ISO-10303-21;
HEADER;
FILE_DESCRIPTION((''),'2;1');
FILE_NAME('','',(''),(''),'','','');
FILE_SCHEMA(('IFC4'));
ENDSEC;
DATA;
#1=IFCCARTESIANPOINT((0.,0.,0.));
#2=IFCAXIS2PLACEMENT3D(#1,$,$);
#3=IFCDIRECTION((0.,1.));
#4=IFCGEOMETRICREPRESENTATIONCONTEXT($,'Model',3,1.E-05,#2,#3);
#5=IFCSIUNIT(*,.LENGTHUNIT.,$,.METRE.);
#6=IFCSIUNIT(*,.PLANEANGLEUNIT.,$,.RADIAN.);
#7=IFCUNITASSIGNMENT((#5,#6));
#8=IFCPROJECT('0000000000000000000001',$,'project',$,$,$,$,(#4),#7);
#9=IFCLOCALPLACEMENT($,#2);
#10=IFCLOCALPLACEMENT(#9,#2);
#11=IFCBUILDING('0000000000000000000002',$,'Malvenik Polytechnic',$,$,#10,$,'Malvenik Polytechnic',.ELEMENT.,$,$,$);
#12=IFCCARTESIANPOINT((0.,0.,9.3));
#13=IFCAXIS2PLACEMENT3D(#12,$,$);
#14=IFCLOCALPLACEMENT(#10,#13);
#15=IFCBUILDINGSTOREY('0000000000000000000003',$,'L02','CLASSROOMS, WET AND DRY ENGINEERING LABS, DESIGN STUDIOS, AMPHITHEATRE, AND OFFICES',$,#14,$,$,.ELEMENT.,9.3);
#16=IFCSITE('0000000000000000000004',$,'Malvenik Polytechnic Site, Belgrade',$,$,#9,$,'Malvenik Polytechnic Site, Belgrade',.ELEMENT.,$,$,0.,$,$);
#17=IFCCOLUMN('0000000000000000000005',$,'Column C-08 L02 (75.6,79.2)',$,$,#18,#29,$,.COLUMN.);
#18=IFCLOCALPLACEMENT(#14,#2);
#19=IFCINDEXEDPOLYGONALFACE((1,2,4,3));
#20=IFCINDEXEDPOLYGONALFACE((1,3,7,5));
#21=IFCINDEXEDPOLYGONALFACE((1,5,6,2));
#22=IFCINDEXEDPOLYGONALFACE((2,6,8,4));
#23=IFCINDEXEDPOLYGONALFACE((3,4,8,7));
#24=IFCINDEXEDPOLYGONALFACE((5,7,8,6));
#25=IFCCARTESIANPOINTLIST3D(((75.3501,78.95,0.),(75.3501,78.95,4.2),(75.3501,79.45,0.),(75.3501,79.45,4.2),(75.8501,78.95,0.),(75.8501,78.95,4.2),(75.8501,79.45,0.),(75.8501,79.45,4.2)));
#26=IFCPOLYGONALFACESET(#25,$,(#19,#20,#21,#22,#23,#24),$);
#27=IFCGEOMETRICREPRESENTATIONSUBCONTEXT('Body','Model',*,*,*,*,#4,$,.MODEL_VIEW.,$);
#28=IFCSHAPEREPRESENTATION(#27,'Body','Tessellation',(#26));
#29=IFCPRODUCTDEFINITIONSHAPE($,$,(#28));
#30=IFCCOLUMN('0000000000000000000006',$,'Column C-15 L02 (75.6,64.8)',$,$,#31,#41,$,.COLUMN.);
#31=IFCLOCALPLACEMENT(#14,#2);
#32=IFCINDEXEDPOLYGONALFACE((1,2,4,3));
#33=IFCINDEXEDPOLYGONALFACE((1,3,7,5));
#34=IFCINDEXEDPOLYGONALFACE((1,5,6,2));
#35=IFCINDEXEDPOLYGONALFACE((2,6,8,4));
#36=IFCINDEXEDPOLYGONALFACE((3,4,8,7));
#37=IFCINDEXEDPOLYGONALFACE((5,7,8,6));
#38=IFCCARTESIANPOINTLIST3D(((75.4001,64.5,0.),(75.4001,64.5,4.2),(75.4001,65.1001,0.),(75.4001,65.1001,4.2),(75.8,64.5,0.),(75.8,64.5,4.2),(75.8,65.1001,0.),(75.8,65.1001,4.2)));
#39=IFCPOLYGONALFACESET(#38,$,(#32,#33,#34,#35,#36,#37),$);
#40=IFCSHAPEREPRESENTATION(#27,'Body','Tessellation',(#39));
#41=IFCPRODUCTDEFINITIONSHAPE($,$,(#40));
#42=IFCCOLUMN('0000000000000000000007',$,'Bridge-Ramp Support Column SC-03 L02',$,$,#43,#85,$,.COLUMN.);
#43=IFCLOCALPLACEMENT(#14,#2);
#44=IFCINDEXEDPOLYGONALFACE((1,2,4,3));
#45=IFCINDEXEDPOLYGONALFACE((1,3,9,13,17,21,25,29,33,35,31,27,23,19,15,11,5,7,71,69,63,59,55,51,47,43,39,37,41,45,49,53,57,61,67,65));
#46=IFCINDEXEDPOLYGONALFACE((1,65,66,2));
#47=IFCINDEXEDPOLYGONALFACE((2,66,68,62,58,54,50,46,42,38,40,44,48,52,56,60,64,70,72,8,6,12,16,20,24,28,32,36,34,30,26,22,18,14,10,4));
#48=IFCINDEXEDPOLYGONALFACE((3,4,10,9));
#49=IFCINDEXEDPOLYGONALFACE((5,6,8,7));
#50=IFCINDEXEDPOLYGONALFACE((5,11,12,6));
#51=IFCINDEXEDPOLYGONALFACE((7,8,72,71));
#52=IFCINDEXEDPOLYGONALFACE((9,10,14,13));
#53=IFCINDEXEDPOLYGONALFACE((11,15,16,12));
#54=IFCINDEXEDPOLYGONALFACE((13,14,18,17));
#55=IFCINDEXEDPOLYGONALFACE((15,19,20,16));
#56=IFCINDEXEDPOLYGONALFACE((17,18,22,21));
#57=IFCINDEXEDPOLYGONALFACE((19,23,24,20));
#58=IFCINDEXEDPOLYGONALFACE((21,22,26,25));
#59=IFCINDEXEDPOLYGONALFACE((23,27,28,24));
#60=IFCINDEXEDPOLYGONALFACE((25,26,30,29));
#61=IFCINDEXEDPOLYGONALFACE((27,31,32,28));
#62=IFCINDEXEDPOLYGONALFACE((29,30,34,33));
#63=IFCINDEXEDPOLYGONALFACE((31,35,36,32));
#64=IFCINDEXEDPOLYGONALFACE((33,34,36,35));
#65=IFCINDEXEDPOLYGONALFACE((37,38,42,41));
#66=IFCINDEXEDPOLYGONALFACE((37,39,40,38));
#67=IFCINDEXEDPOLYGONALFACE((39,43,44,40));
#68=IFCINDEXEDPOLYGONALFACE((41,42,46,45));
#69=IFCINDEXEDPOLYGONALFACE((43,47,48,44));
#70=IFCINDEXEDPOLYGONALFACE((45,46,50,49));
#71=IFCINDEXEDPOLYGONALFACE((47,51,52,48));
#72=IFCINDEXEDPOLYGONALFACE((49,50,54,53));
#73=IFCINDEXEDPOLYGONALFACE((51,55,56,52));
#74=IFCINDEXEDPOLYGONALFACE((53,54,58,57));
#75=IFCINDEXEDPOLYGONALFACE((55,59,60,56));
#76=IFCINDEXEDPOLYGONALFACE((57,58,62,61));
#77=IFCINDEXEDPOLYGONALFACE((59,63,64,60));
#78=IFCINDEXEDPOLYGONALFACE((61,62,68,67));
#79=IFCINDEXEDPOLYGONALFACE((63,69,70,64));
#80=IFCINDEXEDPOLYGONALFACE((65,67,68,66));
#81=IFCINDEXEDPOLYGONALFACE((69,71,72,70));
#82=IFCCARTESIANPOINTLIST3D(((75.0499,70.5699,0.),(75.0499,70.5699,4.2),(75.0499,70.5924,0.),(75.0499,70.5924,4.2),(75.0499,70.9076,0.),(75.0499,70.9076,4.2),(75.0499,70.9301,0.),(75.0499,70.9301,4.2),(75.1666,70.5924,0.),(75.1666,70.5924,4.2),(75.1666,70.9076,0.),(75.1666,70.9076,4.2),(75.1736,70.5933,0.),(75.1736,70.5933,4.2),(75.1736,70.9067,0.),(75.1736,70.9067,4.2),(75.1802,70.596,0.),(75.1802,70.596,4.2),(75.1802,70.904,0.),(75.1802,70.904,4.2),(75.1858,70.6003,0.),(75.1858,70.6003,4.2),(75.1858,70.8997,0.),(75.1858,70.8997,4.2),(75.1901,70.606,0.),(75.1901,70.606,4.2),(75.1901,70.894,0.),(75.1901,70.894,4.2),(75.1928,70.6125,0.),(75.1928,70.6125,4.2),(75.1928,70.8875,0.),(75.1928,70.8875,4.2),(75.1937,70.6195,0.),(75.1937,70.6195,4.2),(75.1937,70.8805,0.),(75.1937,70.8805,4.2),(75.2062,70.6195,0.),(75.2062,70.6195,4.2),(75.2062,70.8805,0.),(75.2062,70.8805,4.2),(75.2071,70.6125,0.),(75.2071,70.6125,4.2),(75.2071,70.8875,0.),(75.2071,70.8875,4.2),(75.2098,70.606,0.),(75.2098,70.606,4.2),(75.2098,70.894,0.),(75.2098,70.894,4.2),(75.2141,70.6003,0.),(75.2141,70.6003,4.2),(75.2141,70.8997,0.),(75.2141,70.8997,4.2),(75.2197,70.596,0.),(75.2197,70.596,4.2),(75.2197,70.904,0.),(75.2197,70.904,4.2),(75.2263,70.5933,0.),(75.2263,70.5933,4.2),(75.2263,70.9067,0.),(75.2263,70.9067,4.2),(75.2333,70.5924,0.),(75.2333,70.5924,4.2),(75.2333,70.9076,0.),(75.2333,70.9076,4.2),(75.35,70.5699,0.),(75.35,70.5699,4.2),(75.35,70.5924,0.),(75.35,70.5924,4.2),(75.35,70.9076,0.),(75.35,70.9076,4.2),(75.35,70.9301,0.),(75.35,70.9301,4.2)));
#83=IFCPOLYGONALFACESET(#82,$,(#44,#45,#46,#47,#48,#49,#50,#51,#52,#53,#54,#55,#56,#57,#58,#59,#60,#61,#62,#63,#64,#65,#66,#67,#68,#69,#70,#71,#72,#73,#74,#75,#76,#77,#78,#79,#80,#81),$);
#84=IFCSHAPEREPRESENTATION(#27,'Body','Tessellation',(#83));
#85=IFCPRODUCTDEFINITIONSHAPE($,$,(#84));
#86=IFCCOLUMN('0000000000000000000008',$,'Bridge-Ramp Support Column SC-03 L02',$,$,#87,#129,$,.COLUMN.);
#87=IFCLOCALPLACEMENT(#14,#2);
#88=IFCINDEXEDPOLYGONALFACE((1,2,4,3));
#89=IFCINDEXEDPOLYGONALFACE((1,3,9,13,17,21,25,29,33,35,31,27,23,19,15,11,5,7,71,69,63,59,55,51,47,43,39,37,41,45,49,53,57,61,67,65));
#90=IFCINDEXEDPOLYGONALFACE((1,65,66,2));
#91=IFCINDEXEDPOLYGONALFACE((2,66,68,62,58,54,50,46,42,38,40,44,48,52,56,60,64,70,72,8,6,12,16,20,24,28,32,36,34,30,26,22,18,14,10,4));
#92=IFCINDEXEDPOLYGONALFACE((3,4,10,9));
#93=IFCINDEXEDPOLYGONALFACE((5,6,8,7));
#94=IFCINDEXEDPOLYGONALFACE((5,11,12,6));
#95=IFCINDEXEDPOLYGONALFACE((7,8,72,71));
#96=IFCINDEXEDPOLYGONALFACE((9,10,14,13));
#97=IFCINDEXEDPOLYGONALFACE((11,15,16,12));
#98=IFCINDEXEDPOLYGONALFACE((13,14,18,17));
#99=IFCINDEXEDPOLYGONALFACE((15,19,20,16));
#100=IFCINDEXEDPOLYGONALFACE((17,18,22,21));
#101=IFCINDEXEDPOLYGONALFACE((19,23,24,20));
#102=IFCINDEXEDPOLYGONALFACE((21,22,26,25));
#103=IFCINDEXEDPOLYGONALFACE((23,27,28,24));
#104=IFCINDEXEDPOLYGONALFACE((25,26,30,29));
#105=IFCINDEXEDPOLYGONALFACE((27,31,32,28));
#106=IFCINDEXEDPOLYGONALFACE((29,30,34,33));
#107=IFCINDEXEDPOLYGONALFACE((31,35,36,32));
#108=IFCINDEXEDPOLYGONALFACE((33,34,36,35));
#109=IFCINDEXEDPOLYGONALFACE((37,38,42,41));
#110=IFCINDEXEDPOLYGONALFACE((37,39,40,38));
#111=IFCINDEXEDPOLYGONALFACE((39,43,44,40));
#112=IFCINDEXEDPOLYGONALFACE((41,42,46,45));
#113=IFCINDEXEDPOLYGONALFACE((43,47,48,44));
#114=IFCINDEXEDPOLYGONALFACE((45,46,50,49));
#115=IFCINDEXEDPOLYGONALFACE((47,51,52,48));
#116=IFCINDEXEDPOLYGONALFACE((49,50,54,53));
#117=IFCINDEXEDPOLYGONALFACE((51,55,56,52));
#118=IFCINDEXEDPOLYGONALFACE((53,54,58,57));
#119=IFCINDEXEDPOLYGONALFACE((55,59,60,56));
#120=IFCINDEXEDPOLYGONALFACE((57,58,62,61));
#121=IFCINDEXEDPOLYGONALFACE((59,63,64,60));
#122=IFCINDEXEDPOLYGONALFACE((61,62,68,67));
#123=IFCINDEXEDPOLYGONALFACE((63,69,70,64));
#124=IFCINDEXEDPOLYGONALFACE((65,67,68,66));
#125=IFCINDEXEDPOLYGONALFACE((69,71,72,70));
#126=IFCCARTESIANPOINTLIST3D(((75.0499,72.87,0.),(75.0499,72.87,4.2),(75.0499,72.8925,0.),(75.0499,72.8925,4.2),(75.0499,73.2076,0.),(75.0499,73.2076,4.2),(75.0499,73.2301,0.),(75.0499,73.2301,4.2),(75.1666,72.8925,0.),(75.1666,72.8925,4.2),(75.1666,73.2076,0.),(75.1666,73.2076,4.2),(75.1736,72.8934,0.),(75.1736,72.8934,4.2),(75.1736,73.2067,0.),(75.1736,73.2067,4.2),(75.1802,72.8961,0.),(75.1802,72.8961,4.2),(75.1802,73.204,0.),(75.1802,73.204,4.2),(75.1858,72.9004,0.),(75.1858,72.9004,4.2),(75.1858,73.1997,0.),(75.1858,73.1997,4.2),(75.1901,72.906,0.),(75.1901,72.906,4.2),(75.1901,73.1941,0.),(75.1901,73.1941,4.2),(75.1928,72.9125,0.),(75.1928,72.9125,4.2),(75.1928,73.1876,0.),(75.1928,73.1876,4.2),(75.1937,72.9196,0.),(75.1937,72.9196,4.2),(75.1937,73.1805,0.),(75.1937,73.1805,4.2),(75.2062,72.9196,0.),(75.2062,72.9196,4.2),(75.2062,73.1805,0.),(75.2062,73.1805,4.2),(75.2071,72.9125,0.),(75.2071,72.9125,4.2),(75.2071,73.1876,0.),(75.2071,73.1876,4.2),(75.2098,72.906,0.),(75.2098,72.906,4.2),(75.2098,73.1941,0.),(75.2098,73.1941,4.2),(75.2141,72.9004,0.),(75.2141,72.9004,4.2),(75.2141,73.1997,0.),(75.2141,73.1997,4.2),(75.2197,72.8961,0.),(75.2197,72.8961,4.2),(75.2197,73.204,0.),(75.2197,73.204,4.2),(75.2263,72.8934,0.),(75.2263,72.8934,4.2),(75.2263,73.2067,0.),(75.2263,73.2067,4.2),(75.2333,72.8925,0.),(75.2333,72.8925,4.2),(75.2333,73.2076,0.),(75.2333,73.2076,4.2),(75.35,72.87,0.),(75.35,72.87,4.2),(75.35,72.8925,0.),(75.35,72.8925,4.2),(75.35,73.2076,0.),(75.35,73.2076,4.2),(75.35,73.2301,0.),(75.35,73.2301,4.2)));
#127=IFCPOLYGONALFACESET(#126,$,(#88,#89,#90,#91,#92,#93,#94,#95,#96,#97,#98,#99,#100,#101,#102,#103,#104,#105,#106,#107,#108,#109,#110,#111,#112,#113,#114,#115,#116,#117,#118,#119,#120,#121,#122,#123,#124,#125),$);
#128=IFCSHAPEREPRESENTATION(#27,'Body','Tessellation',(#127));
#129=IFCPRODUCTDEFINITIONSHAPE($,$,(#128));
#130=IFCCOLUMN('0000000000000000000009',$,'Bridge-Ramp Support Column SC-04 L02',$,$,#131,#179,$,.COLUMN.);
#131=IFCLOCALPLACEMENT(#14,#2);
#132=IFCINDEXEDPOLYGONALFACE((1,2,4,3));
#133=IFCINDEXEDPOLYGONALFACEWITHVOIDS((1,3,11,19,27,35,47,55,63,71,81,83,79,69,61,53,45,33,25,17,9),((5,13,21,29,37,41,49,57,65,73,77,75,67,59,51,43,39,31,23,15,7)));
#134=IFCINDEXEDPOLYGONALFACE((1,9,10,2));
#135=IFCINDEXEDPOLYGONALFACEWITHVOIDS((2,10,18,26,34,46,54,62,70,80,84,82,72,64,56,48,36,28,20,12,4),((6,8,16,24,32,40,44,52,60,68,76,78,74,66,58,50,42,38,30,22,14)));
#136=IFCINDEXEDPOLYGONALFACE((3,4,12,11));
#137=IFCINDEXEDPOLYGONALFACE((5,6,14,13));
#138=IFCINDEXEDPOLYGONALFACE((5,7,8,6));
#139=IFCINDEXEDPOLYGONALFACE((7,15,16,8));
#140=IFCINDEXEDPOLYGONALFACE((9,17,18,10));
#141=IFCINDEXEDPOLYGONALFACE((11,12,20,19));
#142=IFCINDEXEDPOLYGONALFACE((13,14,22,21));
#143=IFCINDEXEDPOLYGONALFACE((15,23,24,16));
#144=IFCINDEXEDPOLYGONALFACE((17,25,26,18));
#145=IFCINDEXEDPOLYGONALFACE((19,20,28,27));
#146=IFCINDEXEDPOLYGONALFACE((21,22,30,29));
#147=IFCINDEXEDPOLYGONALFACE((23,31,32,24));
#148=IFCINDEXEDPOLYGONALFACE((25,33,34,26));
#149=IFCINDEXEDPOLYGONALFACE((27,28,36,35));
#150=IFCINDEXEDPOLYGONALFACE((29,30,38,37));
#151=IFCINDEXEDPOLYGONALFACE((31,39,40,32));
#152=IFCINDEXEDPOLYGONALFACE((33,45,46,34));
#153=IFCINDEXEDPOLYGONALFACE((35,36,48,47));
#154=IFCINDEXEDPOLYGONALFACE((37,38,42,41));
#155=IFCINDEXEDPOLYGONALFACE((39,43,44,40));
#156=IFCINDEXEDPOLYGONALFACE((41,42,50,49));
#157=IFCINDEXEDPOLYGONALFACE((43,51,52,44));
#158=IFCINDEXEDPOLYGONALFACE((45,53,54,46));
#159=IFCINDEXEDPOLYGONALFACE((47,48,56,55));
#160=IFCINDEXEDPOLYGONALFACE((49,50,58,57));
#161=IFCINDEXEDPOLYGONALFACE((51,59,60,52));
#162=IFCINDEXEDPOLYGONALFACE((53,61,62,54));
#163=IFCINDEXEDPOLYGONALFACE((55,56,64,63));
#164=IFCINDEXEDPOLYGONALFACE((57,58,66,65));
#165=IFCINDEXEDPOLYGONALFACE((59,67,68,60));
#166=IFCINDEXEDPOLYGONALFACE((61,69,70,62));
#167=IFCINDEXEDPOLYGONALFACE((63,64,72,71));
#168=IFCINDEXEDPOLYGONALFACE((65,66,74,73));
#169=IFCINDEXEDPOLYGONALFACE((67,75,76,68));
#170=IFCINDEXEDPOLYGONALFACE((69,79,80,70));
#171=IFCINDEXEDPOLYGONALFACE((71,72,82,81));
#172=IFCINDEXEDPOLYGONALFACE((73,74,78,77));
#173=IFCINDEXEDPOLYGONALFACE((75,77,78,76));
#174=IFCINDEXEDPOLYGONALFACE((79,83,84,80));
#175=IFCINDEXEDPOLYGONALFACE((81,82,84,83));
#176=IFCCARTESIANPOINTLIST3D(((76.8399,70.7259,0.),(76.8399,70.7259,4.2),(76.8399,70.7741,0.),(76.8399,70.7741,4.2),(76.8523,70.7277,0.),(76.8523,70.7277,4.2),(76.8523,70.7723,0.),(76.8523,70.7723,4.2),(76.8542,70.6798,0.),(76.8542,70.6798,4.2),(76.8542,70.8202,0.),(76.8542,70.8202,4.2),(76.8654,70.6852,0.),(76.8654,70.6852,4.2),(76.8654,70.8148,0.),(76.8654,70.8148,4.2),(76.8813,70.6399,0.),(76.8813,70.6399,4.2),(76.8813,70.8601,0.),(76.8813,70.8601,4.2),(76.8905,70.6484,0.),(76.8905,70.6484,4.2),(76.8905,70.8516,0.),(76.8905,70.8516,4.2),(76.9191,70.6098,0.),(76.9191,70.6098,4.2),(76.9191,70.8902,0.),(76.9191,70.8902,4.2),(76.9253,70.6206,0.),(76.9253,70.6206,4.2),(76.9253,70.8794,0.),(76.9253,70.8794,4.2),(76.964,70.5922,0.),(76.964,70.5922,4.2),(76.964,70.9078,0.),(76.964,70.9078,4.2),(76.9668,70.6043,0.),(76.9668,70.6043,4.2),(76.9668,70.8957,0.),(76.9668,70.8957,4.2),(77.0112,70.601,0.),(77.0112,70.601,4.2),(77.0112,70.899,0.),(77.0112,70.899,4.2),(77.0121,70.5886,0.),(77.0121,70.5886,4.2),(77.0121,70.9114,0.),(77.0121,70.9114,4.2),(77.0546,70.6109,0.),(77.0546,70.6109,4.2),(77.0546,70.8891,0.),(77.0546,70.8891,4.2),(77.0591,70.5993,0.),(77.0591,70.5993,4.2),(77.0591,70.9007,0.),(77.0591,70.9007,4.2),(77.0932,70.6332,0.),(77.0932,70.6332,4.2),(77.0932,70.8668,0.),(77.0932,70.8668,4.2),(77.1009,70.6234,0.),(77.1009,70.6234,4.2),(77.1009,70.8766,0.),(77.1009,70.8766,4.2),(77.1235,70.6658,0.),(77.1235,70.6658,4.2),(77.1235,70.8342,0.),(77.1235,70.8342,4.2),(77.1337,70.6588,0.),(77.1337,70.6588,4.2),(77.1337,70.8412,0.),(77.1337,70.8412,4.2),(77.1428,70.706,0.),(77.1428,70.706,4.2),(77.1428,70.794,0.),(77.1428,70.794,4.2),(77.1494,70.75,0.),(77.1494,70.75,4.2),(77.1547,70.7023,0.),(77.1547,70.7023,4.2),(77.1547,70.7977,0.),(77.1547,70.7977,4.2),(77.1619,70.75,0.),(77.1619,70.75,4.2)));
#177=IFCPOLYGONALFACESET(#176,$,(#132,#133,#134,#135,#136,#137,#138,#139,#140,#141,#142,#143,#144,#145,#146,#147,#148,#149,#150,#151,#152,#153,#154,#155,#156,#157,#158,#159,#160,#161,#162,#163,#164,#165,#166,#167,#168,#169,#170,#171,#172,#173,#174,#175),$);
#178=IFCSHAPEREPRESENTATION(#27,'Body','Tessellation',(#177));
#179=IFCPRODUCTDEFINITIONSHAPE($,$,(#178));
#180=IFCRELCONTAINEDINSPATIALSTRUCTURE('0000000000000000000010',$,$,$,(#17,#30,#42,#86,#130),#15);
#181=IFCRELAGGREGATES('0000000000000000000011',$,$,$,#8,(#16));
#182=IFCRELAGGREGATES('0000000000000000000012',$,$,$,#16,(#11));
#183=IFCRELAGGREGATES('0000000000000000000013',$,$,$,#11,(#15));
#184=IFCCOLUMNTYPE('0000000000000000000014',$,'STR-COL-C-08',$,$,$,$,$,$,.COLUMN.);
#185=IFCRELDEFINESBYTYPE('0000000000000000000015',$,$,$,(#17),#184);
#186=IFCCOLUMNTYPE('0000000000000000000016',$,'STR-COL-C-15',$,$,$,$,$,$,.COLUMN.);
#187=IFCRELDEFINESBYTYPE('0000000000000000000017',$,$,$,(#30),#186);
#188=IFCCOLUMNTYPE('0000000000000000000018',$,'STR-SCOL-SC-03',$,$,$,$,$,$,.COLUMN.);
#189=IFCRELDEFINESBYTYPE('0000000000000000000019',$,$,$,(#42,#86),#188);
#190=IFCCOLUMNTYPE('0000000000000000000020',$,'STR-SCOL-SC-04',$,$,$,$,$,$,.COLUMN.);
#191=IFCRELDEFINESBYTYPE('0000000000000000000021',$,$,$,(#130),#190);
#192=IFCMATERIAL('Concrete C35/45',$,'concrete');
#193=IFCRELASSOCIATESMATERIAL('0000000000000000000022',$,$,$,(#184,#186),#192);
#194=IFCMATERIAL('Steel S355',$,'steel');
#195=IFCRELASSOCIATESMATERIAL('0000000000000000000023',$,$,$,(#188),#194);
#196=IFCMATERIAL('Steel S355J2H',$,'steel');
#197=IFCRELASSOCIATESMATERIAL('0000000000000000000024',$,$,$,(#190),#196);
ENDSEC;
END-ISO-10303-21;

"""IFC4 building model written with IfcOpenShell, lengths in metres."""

from ifc_helpers import new_model, si_unit, direction, frame, origin, origin_2d, place, context, subcontext, project, spatial, rectangle, hollow_circle, i_section, extrude, material, material_profile, profile_set, type_object, element, save


model = new_model("IFC4")

# Units and contexts
model_context = context("Model", 3, precision=1e-05, world=origin(), true_north=direction((0.0, 1.0)))
body_context = subcontext(model_context, "Body", "Model", "MODEL_VIEW")
ifc_project = project(units=[si_unit("LENGTHUNIT", "METRE"), si_unit("PLANEANGLEUNIT", "RADIAN")], contexts=[model_context])

# Site, building, storey
site_placement = place(None, origin())
site = spatial("IfcSite", under=ifc_project, at=site_placement, Name="Malvenik Polytechnic Site, Belgrade", LongName="Malvenik Polytechnic Site, Belgrade", CompositionType="ELEMENT", RefElevation=0.0)
building_placement = place(site_placement, origin())
building = spatial("IfcBuilding", under=site, at=building_placement, Name="Malvenik Polytechnic", LongName="Malvenik Polytechnic", CompositionType="ELEMENT")
storey_placement = place(building_placement, frame((0.0, 0.0, 9.3)))
storey = spatial("IfcBuildingStorey", under=building, at=storey_placement, Name="L02", Description="CLASSROOMS, WET AND DRY ENGINEERING LABS, DESIGN STUDIOS, AMPHITHEATRE, AND OFFICES", CompositionType="ELEMENT", Elevation=9.3)

# Columns
ifc_material_1 = material(Name="Concrete C35/45", Category="concrete")
ifc_material_profile_1 = material_profile(ifc_material_1, rectangle(XDim=0.5, YDim=0.5, at=origin_2d()), Name="RC COL 500x500")
ifc_profile_set_1 = profile_set([ifc_material_profile_1], Name="Concrete C35/45")
column_type_1 = type_object("IfcColumnType", Name="STR-COL-C-08", PredefinedType="COLUMN", material=ifc_profile_set_1)
column_1_placement = place(storey_placement, frame((75.6001, 79.2, 0.0), z_axis=(0.0, 0.0, 1.0), x_axis=(1.0, 0.0, 0.0)))
element("IfcColumn", 1, at=column_1_placement, inside=storey, type_object=column_type_1, Name="Column C-08 L02 (75.6,79.2)", PredefinedType="COLUMN", context=body_context, shape_type="SweptSolid", body=[
    extrude(rectangle(XDim=0.5, YDim=0.5, at=origin_2d()), origin(), (0.0, 0.0, 1.0), 4.2),
])
ifc_material_profile_2 = material_profile(ifc_material_1, rectangle(XDim=0.3999, YDim=0.6001, at=origin_2d()), Name="RC COL 600x400")
ifc_profile_set_2 = profile_set([ifc_material_profile_2], Name="Concrete C35/45")
column_type_2 = type_object("IfcColumnType", Name="STR-COL-C-15", PredefinedType="COLUMN", material=ifc_profile_set_2)
column_2_placement = place(storey_placement, frame((75.6001, 64.8, 0.0), z_axis=(0.0, 0.0, 1.0), x_axis=(1.0, 0.0, 0.0)))
element("IfcColumn", 2, at=column_2_placement, inside=storey, type_object=column_type_2, Name="Column C-15 L02 (75.6,64.8)", PredefinedType="COLUMN", context=body_context, shape_type="SweptSolid", body=[
    extrude(rectangle(XDim=0.3999, YDim=0.6001, at=origin_2d()), origin(), (0.0, 0.0, 1.0), 4.2),
])
ifc_material_2 = material(Name="Steel S355", Category="steel")
ifc_material_profile_3 = material_profile(ifc_material_2, i_section(OverallWidth=0.3, OverallDepth=0.3601, WebThickness=0.0125, FlangeThickness=0.0225, FilletRadius=0.0271, at=origin_2d()), Name="HEB 360")
ifc_profile_set_3 = profile_set([ifc_material_profile_3], Name="Steel S355")
column_type_3 = type_object("IfcColumnType", Name="STR-SCOL-SC-03", PredefinedType="COLUMN", material=ifc_profile_set_3)
for number, where, z_axis, x_axis, name in (
    (3, (75.2, 70.75, 0.0), (0.0, 0.0, 1.0), (1.0, 0.0, 0.0), "Bridge-Ramp Support Column SC-03 L02"),
    (4, (75.2, 73.05, 0.0), (0.0, 0.0, 1.0), (1.0, 0.0, 0.0), "Bridge-Ramp Support Column SC-03 L02"),
):
    element("IfcColumn", number, at=place(storey_placement, frame(where, z_axis=z_axis, x_axis=x_axis)), inside=storey, type_object=column_type_3, Name=name, PredefinedType="COLUMN", context=body_context, shape_type="SweptSolid", body=[
        extrude(i_section(OverallWidth=0.3, OverallDepth=0.3601, WebThickness=0.0125, FlangeThickness=0.0225, FilletRadius=0.0271, at=origin_2d()), origin(), (0.0, 0.0, 1.0), 4.2),
    ])
ifc_material_3 = material(Name="Steel S355J2H", Category="steel")
ifc_material_profile_4 = material_profile(ifc_material_3, hollow_circle(Radius=0.1619, WallThickness=0.0125, at=origin_2d()), Name="CHS 323.9x12.5")
ifc_profile_set_4 = profile_set([ifc_material_profile_4], Name="Steel S355J2H")
column_type_4 = type_object("IfcColumnType", Name="STR-SCOL-SC-04", PredefinedType="COLUMN", material=ifc_profile_set_4)
for number, where, z_axis, x_axis, name in (
    (5, (77.0, 70.75, 0.0), (0.0, 0.0, 1.0), (1.0, 0.0, 0.0), "Bridge-Ramp Support Column SC-04 L02"),
):
    element("IfcColumn", number, at=place(storey_placement, frame(where, z_axis=z_axis, x_axis=x_axis)), inside=storey, type_object=column_type_4, Name=name, PredefinedType="COLUMN", context=body_context, shape_type="SweptSolid", body=[
        extrude(hollow_circle(Radius=0.1619, WallThickness=0.0125, at=origin_2d()), origin(), (0.0, 0.0, 1.0), 4.2),
    ])

save(model, "model.ifc")
